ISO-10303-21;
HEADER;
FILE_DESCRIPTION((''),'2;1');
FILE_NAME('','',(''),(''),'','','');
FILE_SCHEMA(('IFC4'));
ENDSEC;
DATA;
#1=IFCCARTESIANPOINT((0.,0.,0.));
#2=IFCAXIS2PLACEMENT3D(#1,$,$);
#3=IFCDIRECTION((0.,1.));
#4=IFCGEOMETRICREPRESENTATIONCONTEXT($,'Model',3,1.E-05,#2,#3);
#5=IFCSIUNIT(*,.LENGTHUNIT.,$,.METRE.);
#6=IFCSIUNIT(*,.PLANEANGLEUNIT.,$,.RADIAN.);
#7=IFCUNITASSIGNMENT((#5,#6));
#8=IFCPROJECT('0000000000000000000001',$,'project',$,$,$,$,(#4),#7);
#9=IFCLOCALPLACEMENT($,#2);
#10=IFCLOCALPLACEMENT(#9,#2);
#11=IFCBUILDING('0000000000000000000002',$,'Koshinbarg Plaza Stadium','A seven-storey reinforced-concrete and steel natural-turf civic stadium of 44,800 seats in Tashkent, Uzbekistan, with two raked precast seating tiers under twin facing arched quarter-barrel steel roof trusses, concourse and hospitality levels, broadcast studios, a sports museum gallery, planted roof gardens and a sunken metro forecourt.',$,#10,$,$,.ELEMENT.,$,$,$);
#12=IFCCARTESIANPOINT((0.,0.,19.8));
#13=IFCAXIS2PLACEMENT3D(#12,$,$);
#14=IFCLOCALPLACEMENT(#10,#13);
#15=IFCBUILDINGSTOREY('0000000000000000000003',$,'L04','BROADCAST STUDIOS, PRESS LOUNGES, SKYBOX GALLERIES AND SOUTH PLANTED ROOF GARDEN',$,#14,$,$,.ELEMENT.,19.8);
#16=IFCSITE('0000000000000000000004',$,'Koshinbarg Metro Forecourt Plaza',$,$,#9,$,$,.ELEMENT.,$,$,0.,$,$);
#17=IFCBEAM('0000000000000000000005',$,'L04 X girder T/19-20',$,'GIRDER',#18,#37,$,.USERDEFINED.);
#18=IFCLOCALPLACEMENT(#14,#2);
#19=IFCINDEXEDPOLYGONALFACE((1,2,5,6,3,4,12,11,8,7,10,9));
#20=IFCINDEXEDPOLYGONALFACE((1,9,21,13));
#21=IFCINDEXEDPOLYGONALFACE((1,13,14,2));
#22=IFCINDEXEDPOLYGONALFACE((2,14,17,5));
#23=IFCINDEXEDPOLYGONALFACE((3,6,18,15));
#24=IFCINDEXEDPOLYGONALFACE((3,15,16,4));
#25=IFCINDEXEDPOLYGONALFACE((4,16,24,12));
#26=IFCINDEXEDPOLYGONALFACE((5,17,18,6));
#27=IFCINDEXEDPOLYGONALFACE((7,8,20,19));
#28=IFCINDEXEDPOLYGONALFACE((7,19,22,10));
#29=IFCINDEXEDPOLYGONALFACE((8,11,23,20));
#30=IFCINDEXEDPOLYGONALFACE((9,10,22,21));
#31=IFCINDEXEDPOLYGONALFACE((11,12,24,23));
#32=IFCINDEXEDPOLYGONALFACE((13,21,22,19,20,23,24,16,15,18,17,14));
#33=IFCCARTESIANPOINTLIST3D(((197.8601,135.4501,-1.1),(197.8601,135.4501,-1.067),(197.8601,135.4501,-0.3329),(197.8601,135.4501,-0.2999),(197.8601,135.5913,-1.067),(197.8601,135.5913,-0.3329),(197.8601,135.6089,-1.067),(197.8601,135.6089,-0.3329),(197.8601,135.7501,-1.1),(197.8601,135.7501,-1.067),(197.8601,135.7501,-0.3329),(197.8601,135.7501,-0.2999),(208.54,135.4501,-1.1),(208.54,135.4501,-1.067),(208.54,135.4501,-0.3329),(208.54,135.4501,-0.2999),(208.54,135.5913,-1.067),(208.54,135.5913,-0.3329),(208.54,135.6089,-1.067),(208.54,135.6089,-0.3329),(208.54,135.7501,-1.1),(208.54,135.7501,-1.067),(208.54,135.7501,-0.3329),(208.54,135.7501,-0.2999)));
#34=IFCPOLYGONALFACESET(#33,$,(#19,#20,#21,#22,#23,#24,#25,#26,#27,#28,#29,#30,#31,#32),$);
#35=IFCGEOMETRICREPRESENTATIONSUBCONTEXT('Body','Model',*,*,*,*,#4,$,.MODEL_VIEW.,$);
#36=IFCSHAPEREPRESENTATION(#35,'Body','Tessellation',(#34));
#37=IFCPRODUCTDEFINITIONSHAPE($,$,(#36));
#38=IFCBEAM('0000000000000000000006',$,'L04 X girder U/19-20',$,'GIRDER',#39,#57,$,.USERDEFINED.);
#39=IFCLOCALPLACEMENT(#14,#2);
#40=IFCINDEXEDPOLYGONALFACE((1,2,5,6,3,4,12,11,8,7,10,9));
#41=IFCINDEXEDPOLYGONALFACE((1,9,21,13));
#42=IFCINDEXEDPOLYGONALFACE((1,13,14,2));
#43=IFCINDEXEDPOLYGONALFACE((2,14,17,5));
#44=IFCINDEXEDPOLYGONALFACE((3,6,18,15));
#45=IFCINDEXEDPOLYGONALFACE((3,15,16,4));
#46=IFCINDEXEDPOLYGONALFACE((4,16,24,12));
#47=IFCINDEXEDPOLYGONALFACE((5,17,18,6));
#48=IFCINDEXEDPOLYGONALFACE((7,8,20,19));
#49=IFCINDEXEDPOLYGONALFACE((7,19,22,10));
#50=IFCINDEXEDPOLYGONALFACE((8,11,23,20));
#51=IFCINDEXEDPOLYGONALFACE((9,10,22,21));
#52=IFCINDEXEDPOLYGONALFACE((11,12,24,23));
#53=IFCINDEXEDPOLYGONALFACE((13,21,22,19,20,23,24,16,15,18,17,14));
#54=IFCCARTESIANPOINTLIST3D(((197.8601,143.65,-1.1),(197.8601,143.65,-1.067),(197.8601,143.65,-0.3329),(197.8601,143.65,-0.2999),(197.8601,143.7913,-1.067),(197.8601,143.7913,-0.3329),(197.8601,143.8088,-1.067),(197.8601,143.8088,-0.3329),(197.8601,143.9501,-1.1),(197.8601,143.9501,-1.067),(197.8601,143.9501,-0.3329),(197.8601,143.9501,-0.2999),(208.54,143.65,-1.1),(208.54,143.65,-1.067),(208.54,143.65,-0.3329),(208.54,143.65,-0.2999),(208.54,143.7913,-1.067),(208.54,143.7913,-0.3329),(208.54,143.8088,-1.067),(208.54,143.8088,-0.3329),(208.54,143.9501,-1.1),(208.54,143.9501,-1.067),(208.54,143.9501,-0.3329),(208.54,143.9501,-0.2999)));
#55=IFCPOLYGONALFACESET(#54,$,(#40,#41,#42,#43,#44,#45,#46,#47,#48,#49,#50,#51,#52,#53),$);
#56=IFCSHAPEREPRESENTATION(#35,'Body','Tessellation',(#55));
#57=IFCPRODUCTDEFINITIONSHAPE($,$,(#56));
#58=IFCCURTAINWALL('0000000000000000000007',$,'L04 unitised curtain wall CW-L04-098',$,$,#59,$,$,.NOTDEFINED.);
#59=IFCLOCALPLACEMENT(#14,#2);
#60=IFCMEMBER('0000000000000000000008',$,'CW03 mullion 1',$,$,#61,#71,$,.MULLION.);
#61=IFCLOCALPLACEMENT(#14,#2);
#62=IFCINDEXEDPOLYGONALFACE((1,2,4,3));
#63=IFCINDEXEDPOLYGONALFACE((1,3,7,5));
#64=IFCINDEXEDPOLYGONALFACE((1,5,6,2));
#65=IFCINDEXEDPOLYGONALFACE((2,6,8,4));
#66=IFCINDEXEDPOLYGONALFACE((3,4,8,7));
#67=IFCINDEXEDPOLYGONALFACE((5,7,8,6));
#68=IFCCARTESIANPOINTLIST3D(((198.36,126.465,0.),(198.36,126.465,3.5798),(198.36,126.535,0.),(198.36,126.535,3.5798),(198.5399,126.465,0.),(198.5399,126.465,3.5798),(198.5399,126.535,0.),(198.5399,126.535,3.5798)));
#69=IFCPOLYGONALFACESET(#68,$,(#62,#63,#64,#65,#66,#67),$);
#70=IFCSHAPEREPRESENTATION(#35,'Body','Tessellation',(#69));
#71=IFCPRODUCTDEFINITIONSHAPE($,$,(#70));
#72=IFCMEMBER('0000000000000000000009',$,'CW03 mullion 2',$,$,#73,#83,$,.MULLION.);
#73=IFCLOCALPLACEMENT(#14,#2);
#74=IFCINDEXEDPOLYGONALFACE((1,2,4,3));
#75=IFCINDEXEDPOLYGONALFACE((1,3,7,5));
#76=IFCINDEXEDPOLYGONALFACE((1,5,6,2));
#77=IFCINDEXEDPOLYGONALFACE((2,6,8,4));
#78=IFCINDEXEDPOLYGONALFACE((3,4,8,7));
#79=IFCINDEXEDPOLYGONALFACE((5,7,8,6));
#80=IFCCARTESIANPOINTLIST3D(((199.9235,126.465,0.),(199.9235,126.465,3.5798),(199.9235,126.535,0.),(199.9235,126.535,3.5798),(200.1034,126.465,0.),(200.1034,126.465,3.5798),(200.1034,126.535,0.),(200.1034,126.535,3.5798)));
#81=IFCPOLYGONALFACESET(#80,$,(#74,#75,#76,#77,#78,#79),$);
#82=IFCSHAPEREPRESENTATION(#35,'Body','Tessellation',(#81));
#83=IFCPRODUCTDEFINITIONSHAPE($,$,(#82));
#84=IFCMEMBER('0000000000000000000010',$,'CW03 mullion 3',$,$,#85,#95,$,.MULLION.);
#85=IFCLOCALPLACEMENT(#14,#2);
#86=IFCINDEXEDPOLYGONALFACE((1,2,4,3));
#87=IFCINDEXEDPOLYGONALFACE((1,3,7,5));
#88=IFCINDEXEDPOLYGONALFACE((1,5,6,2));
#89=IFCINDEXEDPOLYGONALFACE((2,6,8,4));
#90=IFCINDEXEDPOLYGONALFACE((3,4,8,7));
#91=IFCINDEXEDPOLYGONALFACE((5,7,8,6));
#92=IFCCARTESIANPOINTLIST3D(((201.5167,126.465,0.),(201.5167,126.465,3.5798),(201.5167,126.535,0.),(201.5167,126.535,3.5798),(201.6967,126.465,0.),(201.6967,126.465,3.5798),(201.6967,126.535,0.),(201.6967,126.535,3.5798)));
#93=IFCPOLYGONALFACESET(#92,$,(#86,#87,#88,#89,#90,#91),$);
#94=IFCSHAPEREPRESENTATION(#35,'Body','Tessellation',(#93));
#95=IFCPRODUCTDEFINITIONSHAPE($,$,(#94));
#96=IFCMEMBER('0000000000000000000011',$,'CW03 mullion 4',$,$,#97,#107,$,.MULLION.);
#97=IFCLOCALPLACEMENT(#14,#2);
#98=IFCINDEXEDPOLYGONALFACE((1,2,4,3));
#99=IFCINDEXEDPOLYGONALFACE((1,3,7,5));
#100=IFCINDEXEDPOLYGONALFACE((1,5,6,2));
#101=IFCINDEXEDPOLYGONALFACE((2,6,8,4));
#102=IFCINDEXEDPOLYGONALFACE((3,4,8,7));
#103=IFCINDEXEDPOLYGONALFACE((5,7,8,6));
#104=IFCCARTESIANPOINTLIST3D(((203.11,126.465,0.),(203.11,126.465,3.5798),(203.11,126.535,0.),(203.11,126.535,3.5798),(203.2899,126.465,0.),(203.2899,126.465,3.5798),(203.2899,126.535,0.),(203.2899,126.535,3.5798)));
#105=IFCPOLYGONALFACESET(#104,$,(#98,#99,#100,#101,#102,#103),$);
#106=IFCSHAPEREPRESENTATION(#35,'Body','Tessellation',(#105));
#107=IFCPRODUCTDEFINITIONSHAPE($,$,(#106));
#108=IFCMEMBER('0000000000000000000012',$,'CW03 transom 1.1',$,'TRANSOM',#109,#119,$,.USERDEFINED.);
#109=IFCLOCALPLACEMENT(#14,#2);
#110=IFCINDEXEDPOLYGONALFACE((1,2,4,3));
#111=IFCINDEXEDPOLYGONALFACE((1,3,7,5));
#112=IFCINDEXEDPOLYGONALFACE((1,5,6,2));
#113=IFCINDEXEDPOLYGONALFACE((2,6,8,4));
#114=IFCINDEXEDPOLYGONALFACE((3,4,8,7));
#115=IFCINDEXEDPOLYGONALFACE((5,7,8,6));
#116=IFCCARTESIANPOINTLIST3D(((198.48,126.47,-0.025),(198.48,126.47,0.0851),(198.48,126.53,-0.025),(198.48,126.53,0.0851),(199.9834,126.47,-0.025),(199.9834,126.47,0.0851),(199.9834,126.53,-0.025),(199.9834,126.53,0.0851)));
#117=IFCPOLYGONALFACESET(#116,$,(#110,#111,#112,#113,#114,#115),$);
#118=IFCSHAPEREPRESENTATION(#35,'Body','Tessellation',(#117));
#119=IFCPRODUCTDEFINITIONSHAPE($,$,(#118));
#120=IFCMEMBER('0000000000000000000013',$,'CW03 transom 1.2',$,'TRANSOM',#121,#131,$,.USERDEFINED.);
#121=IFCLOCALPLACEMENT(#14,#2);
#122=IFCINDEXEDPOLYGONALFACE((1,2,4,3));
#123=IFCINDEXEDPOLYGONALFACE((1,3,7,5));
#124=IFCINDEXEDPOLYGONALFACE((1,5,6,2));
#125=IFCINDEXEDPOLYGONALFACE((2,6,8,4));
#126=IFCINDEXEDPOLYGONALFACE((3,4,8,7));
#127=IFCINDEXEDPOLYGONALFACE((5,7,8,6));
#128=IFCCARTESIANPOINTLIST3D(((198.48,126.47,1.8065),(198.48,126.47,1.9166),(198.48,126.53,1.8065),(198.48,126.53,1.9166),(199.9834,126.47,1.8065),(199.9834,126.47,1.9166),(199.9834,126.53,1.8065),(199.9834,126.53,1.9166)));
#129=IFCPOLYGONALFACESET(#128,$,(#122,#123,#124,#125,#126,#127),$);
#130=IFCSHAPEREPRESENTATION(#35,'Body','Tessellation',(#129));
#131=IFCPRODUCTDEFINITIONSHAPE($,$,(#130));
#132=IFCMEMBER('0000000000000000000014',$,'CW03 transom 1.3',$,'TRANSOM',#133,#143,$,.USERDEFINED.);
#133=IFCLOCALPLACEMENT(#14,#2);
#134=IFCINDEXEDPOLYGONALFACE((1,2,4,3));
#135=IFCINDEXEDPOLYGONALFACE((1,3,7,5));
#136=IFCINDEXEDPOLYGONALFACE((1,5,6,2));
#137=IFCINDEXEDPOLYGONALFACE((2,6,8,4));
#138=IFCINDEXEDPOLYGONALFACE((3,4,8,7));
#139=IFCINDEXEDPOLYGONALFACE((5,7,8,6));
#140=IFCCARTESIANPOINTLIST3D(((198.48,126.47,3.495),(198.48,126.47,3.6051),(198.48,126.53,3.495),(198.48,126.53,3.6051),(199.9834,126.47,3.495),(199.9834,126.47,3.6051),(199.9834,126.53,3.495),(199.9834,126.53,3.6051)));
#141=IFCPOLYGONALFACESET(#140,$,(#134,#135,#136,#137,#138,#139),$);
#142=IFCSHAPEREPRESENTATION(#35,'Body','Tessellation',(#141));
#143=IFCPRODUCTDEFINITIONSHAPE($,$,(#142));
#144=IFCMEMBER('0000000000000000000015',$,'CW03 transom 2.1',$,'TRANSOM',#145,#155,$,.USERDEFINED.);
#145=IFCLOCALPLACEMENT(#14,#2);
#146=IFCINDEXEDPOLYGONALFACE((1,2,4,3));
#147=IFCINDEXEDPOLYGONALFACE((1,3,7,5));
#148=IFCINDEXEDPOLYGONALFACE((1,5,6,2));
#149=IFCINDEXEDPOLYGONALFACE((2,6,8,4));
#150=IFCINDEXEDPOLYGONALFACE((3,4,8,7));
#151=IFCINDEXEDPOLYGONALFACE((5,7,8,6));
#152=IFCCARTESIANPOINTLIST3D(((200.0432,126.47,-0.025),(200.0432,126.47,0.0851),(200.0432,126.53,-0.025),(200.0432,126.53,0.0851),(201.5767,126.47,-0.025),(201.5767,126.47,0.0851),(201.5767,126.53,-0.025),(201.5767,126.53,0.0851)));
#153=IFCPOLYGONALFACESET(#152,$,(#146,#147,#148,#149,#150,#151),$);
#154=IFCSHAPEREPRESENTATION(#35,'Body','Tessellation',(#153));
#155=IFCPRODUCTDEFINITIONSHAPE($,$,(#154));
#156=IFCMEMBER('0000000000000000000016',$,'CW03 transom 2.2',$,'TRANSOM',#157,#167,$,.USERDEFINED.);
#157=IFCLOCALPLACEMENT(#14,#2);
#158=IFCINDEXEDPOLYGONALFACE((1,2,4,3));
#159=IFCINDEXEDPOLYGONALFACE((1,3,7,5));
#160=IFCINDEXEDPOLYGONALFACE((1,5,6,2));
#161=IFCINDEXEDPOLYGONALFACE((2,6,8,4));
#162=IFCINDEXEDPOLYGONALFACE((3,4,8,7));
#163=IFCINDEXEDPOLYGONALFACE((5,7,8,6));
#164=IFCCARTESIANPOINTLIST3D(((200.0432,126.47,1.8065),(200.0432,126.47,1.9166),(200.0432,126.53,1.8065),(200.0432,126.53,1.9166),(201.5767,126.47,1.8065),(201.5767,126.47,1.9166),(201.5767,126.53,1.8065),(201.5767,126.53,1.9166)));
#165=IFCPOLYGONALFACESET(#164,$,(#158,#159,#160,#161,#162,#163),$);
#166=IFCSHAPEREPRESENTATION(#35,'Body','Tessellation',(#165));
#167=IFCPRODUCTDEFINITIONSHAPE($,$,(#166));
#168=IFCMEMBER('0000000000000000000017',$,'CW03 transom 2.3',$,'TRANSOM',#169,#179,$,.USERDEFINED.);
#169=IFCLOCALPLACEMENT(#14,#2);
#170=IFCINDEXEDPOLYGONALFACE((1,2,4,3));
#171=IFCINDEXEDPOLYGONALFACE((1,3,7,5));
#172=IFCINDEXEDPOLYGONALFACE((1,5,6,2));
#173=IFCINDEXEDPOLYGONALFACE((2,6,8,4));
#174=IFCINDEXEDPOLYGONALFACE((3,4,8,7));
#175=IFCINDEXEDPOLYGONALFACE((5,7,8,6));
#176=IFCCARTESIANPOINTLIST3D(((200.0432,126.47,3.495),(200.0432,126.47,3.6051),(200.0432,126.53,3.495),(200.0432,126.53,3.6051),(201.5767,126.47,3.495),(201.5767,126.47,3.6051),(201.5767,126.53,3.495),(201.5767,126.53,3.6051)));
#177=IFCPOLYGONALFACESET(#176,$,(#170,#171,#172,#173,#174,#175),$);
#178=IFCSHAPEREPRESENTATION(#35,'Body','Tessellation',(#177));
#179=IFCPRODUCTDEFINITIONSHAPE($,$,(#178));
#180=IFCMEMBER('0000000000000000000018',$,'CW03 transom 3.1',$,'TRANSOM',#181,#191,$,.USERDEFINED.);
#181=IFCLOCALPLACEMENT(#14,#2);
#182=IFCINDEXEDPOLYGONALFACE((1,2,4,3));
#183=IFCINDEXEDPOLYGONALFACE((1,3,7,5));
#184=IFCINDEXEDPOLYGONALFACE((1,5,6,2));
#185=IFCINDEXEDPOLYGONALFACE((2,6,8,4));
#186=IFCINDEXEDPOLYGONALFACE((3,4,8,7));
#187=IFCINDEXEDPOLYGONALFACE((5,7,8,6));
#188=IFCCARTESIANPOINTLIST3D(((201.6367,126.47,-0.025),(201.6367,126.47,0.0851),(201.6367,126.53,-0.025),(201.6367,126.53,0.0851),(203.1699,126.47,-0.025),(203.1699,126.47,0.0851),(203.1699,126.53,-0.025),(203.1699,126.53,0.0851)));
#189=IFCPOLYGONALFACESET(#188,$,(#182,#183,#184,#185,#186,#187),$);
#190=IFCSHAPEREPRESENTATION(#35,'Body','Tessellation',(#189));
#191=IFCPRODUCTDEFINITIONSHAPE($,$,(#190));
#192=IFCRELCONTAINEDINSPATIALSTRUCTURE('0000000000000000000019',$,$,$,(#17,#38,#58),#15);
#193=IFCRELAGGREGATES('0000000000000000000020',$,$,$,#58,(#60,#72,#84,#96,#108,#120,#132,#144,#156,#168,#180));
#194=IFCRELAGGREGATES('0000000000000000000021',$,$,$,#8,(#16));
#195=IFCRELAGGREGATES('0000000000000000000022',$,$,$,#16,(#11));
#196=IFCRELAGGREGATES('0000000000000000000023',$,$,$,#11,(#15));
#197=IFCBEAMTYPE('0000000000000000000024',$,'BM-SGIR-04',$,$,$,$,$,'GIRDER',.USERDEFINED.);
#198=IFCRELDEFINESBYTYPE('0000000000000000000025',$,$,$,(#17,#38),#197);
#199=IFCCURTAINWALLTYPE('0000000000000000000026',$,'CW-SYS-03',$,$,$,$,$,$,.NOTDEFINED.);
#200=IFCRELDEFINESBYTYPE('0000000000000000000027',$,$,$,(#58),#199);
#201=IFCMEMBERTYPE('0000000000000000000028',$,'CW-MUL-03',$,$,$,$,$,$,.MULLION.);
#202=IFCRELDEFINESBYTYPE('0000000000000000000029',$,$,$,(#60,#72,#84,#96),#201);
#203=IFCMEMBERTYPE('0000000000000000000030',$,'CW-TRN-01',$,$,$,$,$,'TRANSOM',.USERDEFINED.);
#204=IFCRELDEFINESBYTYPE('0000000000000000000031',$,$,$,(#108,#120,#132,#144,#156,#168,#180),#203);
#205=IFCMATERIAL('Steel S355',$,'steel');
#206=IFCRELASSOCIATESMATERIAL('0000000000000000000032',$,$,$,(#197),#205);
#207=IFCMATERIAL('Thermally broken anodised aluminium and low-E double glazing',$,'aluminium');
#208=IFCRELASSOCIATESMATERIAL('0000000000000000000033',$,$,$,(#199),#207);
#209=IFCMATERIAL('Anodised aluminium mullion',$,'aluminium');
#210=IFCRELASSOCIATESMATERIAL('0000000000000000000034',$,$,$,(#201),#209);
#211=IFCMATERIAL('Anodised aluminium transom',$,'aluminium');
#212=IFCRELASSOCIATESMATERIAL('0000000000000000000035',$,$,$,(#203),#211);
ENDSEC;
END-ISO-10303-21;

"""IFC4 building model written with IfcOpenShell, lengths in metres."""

from ifc_helpers import new_model, si_unit, direction, frame, origin, origin_2d, place, context, subcontext, project, spatial, rectangle, i_section, extrude, material, material_profile, profile_set, type_object, element, aggregate, save


model = new_model("IFC4")

# Units and contexts
model_context = context("Model", 3, precision=1e-05, world=origin(), true_north=direction((0.0, 1.0)))
body_context = subcontext(model_context, "Body", "Model", "MODEL_VIEW")
ifc_project = project(units=[si_unit("LENGTHUNIT", "METRE"), si_unit("PLANEANGLEUNIT", "RADIAN")], contexts=[model_context])

# Site, building, storey
site_placement = place(None, origin())
site = spatial("IfcSite", under=ifc_project, at=site_placement, Name="Koshinbarg Metro Forecourt Plaza", CompositionType="ELEMENT", RefElevation=0.0)
building_placement = place(site_placement, origin())
building = spatial("IfcBuilding", under=site, at=building_placement, Name="Koshinbarg Plaza Stadium", Description="A seven-storey reinforced-concrete and steel natural-turf civic stadium of 44,800 seats in Tashkent, Uzbekistan, with two raked precast seating tiers under twin facing arched quarter-barrel steel roof trusses, concourse and hospitality levels, broadcast studios, a sports museum gallery, planted roof gardens and a sunken metro forecourt.", CompositionType="ELEMENT")
storey_placement = place(building_placement, frame((0.0, 0.0, 19.8)))
storey = spatial("IfcBuildingStorey", under=building, at=storey_placement, Name="L04", Description="BROADCAST STUDIOS, PRESS LOUNGES, SKYBOX GALLERIES AND SOUTH PLANTED ROOF GARDEN", CompositionType="ELEMENT", Elevation=19.8)

# Shared definitions
ifc_material_1 = material(Name="Steel S355", Category="steel")

# Beams
ifc_material_profile_1 = material_profile(ifc_material_1, i_section(OverallWidth=0.3, OverallDepth=0.8, WebThickness=0.0176, FlangeThickness=0.033, at=origin_2d()), Name="HEB 800")
ifc_profile_set_1 = profile_set([ifc_material_profile_1], Name="Steel S355")
beam_type_1 = type_object("IfcBeamType", Name="BM-SGIR-04", ElementType="GIRDER", PredefinedType="USERDEFINED", material=ifc_profile_set_1)
for number, where, z_axis, x_axis, name in (
    (1, (197.8601, 135.6001, -0.7), (1.0, 0.0, 0.0), (0.0, 1.0, 0.0), "L04 X girder T/19-20"),
    (2, (197.8601, 143.8, -0.7), (1.0, 0.0, 0.0), (0.0, 1.0, 0.0), "L04 X girder U/19-20"),
):
    element("IfcBeam", number, at=place(storey_placement, frame(where, z_axis=z_axis, x_axis=x_axis)), inside=storey, type_object=beam_type_1, Name=name, ObjectType="GIRDER", PredefinedType="USERDEFINED", context=body_context, shape_type="SweptSolid", body=[
        extrude(i_section(OverallWidth=0.3, OverallDepth=0.8, WebThickness=0.0176, FlangeThickness=0.033, at=origin_2d()), origin(), (0.0, 0.0, 1.0), 10.6799),
    ])

# Curtain wall, members
ifc_material_2 = material(Name="Thermally broken anodised aluminium and low-E double glazing", Category="aluminium")
curtain_wall_type = type_object("IfcCurtainWallType", Name="CW-SYS-03", PredefinedType="NOTDEFINED", material=ifc_material_2)
curtain_wall_1_placement = place(storey_placement, origin())
curtain_wall_1 = element("IfcCurtainWall", 3, at=curtain_wall_1_placement, inside=storey, type_object=curtain_wall_type, Name="L04 unitised curtain wall CW-L04-098", PredefinedType="NOTDEFINED")
ifc_material_3 = material(Name="Anodised aluminium mullion", Category="aluminium")
ifc_material_profile_2 = material_profile(ifc_material_3, rectangle(XDim=0.0701, YDim=0.1799, at=origin_2d()), Name="ALU 70x180")
ifc_profile_set_2 = profile_set([ifc_material_profile_2], Name="Anodised aluminium mullion")
member_type_1 = type_object("IfcMemberType", Name="CW-MUL-03", PredefinedType="MULLION", material=ifc_profile_set_2)
member_1_placement = place(storey_placement, frame((198.45, 126.5, 0.0), z_axis=(0.0, 0.0, 1.0), x_axis=(0.0, 1.0, 0.0)))
member_1 = element("IfcMember", 4, at=member_1_placement, type_object=member_type_1, Name="CW03 mullion 1", PredefinedType="MULLION", context=body_context, shape_type="SweptSolid", body=[
    extrude(rectangle(XDim=0.0701, YDim=0.1799, at=origin_2d()), origin(), (0.0, 0.0, 1.0), 3.5798),
])
member_2_placement = place(storey_placement, frame((200.0134, 126.5, 0.0), z_axis=(0.0, 0.0, 1.0), x_axis=(0.0, 1.0, 0.0)))
member_2 = element("IfcMember", 5, at=member_2_placement, type_object=member_type_1, Name="CW03 mullion 2", PredefinedType="MULLION", context=body_context, shape_type="SweptSolid", body=[
    extrude(rectangle(XDim=0.0701, YDim=0.1799, at=origin_2d()), origin(), (0.0, 0.0, 1.0), 3.5798),
])
member_3_placement = place(storey_placement, frame((201.6067, 126.5, 0.0), z_axis=(0.0, 0.0, 1.0), x_axis=(0.0, 1.0, 0.0)))
member_3 = element("IfcMember", 6, at=member_3_placement, type_object=member_type_1, Name="CW03 mullion 3", PredefinedType="MULLION", context=body_context, shape_type="SweptSolid", body=[
    extrude(rectangle(XDim=0.0701, YDim=0.1799, at=origin_2d()), origin(), (0.0, 0.0, 1.0), 3.5798),
])
member_4_placement = place(storey_placement, frame((203.2, 126.5, 0.0), z_axis=(0.0, 0.0, 1.0), x_axis=(0.0, 1.0, 0.0)))
member_4 = element("IfcMember", 7, at=member_4_placement, type_object=member_type_1, Name="CW03 mullion 4", PredefinedType="MULLION", context=body_context, shape_type="SweptSolid", body=[
    extrude(rectangle(XDim=0.0701, YDim=0.1799, at=origin_2d()), origin(), (0.0, 0.0, 1.0), 3.5798),
])
ifc_material_4 = material(Name="Anodised aluminium transom", Category="aluminium")
ifc_material_profile_3 = material_profile(ifc_material_4, rectangle(XDim=0.0601, YDim=0.1101, at=origin_2d()), Name="ALU 60x110")
ifc_profile_set_3 = profile_set([ifc_material_profile_3], Name="Anodised aluminium transom")
member_type_2 = type_object("IfcMemberType", Name="CW-TRN-01", ElementType="TRANSOM", PredefinedType="USERDEFINED", material=ifc_profile_set_3)
member_5_placement = place(storey_placement, frame((198.48, 126.5, 0.03), z_axis=(1.0, 0.0, 0.0), x_axis=(0.0, 1.0, 0.0)))
member_5 = element("IfcMember", 8, at=member_5_placement, type_object=member_type_2, Name="CW03 transom 1.1", ObjectType="TRANSOM", PredefinedType="USERDEFINED", context=body_context, shape_type="SweptSolid", body=[
    extrude(rectangle(XDim=0.0601, YDim=0.1101, at=origin_2d()), origin(), (0.0, 0.0, 1.0), 1.5034),
])
member_6_placement = place(storey_placement, frame((198.48, 126.5, 1.8616), z_axis=(1.0, 0.0, 0.0), x_axis=(0.0, 1.0, 0.0)))
member_6 = element("IfcMember", 9, at=member_6_placement, type_object=member_type_2, Name="CW03 transom 1.2", ObjectType="TRANSOM", PredefinedType="USERDEFINED", context=body_context, shape_type="SweptSolid", body=[
    extrude(rectangle(XDim=0.0601, YDim=0.1101, at=origin_2d()), origin(), (0.0, 0.0, 1.0), 1.5034),
])
member_7_placement = place(storey_placement, frame((198.48, 126.5, 3.55), z_axis=(1.0, 0.0, 0.0), x_axis=(0.0, 1.0, 0.0)))
member_7 = element("IfcMember", 10, at=member_7_placement, type_object=member_type_2, Name="CW03 transom 1.3", ObjectType="TRANSOM", PredefinedType="USERDEFINED", context=body_context, shape_type="SweptSolid", body=[
    extrude(rectangle(XDim=0.0601, YDim=0.1101, at=origin_2d()), origin(), (0.0, 0.0, 1.0), 1.5034),
])
member_8_placement = place(storey_placement, frame((200.0432, 126.5, 0.03), z_axis=(1.0, 0.0, 0.0), x_axis=(0.0, 1.0, 0.0)))
member_8 = element("IfcMember", 11, at=member_8_placement, type_object=member_type_2, Name="CW03 transom 2.1", ObjectType="TRANSOM", PredefinedType="USERDEFINED", context=body_context, shape_type="SweptSolid", body=[
    extrude(rectangle(XDim=0.0601, YDim=0.1101, at=origin_2d()), origin(), (0.0, 0.0, 1.0), 1.5334),
])
member_9_placement = place(storey_placement, frame((200.0432, 126.5, 1.8616), z_axis=(1.0, 0.0, 0.0), x_axis=(0.0, 1.0, 0.0)))
member_9 = element("IfcMember", 12, at=member_9_placement, type_object=member_type_2, Name="CW03 transom 2.2", ObjectType="TRANSOM", PredefinedType="USERDEFINED", context=body_context, shape_type="SweptSolid", body=[
    extrude(rectangle(XDim=0.0601, YDim=0.1101, at=origin_2d()), origin(), (0.0, 0.0, 1.0), 1.5334),
])
member_10_placement = place(storey_placement, frame((200.0432, 126.5, 3.55), z_axis=(1.0, 0.0, 0.0), x_axis=(0.0, 1.0, 0.0)))
member_10 = element("IfcMember", 13, at=member_10_placement, type_object=member_type_2, Name="CW03 transom 2.3", ObjectType="TRANSOM", PredefinedType="USERDEFINED", context=body_context, shape_type="SweptSolid", body=[
    extrude(rectangle(XDim=0.0601, YDim=0.1101, at=origin_2d()), origin(), (0.0, 0.0, 1.0), 1.5334),
])
member_11_placement = place(storey_placement, frame((201.6367, 126.5, 0.03), z_axis=(1.0, 0.0, 0.0), x_axis=(0.0, 1.0, 0.0)))
member_11 = element("IfcMember", 14, at=member_11_placement, type_object=member_type_2, Name="CW03 transom 3.1", ObjectType="TRANSOM", PredefinedType="USERDEFINED", context=body_context, shape_type="SweptSolid", body=[
    extrude(rectangle(XDim=0.0601, YDim=0.1101, at=origin_2d()), origin(), (0.0, 0.0, 1.0), 1.5332),
])
aggregate(curtain_wall_1, [member_1, member_2, member_3, member_4, member_5, member_6, member_7, member_8, member_9, member_10, member_11])

save(model, "model.ifc")
